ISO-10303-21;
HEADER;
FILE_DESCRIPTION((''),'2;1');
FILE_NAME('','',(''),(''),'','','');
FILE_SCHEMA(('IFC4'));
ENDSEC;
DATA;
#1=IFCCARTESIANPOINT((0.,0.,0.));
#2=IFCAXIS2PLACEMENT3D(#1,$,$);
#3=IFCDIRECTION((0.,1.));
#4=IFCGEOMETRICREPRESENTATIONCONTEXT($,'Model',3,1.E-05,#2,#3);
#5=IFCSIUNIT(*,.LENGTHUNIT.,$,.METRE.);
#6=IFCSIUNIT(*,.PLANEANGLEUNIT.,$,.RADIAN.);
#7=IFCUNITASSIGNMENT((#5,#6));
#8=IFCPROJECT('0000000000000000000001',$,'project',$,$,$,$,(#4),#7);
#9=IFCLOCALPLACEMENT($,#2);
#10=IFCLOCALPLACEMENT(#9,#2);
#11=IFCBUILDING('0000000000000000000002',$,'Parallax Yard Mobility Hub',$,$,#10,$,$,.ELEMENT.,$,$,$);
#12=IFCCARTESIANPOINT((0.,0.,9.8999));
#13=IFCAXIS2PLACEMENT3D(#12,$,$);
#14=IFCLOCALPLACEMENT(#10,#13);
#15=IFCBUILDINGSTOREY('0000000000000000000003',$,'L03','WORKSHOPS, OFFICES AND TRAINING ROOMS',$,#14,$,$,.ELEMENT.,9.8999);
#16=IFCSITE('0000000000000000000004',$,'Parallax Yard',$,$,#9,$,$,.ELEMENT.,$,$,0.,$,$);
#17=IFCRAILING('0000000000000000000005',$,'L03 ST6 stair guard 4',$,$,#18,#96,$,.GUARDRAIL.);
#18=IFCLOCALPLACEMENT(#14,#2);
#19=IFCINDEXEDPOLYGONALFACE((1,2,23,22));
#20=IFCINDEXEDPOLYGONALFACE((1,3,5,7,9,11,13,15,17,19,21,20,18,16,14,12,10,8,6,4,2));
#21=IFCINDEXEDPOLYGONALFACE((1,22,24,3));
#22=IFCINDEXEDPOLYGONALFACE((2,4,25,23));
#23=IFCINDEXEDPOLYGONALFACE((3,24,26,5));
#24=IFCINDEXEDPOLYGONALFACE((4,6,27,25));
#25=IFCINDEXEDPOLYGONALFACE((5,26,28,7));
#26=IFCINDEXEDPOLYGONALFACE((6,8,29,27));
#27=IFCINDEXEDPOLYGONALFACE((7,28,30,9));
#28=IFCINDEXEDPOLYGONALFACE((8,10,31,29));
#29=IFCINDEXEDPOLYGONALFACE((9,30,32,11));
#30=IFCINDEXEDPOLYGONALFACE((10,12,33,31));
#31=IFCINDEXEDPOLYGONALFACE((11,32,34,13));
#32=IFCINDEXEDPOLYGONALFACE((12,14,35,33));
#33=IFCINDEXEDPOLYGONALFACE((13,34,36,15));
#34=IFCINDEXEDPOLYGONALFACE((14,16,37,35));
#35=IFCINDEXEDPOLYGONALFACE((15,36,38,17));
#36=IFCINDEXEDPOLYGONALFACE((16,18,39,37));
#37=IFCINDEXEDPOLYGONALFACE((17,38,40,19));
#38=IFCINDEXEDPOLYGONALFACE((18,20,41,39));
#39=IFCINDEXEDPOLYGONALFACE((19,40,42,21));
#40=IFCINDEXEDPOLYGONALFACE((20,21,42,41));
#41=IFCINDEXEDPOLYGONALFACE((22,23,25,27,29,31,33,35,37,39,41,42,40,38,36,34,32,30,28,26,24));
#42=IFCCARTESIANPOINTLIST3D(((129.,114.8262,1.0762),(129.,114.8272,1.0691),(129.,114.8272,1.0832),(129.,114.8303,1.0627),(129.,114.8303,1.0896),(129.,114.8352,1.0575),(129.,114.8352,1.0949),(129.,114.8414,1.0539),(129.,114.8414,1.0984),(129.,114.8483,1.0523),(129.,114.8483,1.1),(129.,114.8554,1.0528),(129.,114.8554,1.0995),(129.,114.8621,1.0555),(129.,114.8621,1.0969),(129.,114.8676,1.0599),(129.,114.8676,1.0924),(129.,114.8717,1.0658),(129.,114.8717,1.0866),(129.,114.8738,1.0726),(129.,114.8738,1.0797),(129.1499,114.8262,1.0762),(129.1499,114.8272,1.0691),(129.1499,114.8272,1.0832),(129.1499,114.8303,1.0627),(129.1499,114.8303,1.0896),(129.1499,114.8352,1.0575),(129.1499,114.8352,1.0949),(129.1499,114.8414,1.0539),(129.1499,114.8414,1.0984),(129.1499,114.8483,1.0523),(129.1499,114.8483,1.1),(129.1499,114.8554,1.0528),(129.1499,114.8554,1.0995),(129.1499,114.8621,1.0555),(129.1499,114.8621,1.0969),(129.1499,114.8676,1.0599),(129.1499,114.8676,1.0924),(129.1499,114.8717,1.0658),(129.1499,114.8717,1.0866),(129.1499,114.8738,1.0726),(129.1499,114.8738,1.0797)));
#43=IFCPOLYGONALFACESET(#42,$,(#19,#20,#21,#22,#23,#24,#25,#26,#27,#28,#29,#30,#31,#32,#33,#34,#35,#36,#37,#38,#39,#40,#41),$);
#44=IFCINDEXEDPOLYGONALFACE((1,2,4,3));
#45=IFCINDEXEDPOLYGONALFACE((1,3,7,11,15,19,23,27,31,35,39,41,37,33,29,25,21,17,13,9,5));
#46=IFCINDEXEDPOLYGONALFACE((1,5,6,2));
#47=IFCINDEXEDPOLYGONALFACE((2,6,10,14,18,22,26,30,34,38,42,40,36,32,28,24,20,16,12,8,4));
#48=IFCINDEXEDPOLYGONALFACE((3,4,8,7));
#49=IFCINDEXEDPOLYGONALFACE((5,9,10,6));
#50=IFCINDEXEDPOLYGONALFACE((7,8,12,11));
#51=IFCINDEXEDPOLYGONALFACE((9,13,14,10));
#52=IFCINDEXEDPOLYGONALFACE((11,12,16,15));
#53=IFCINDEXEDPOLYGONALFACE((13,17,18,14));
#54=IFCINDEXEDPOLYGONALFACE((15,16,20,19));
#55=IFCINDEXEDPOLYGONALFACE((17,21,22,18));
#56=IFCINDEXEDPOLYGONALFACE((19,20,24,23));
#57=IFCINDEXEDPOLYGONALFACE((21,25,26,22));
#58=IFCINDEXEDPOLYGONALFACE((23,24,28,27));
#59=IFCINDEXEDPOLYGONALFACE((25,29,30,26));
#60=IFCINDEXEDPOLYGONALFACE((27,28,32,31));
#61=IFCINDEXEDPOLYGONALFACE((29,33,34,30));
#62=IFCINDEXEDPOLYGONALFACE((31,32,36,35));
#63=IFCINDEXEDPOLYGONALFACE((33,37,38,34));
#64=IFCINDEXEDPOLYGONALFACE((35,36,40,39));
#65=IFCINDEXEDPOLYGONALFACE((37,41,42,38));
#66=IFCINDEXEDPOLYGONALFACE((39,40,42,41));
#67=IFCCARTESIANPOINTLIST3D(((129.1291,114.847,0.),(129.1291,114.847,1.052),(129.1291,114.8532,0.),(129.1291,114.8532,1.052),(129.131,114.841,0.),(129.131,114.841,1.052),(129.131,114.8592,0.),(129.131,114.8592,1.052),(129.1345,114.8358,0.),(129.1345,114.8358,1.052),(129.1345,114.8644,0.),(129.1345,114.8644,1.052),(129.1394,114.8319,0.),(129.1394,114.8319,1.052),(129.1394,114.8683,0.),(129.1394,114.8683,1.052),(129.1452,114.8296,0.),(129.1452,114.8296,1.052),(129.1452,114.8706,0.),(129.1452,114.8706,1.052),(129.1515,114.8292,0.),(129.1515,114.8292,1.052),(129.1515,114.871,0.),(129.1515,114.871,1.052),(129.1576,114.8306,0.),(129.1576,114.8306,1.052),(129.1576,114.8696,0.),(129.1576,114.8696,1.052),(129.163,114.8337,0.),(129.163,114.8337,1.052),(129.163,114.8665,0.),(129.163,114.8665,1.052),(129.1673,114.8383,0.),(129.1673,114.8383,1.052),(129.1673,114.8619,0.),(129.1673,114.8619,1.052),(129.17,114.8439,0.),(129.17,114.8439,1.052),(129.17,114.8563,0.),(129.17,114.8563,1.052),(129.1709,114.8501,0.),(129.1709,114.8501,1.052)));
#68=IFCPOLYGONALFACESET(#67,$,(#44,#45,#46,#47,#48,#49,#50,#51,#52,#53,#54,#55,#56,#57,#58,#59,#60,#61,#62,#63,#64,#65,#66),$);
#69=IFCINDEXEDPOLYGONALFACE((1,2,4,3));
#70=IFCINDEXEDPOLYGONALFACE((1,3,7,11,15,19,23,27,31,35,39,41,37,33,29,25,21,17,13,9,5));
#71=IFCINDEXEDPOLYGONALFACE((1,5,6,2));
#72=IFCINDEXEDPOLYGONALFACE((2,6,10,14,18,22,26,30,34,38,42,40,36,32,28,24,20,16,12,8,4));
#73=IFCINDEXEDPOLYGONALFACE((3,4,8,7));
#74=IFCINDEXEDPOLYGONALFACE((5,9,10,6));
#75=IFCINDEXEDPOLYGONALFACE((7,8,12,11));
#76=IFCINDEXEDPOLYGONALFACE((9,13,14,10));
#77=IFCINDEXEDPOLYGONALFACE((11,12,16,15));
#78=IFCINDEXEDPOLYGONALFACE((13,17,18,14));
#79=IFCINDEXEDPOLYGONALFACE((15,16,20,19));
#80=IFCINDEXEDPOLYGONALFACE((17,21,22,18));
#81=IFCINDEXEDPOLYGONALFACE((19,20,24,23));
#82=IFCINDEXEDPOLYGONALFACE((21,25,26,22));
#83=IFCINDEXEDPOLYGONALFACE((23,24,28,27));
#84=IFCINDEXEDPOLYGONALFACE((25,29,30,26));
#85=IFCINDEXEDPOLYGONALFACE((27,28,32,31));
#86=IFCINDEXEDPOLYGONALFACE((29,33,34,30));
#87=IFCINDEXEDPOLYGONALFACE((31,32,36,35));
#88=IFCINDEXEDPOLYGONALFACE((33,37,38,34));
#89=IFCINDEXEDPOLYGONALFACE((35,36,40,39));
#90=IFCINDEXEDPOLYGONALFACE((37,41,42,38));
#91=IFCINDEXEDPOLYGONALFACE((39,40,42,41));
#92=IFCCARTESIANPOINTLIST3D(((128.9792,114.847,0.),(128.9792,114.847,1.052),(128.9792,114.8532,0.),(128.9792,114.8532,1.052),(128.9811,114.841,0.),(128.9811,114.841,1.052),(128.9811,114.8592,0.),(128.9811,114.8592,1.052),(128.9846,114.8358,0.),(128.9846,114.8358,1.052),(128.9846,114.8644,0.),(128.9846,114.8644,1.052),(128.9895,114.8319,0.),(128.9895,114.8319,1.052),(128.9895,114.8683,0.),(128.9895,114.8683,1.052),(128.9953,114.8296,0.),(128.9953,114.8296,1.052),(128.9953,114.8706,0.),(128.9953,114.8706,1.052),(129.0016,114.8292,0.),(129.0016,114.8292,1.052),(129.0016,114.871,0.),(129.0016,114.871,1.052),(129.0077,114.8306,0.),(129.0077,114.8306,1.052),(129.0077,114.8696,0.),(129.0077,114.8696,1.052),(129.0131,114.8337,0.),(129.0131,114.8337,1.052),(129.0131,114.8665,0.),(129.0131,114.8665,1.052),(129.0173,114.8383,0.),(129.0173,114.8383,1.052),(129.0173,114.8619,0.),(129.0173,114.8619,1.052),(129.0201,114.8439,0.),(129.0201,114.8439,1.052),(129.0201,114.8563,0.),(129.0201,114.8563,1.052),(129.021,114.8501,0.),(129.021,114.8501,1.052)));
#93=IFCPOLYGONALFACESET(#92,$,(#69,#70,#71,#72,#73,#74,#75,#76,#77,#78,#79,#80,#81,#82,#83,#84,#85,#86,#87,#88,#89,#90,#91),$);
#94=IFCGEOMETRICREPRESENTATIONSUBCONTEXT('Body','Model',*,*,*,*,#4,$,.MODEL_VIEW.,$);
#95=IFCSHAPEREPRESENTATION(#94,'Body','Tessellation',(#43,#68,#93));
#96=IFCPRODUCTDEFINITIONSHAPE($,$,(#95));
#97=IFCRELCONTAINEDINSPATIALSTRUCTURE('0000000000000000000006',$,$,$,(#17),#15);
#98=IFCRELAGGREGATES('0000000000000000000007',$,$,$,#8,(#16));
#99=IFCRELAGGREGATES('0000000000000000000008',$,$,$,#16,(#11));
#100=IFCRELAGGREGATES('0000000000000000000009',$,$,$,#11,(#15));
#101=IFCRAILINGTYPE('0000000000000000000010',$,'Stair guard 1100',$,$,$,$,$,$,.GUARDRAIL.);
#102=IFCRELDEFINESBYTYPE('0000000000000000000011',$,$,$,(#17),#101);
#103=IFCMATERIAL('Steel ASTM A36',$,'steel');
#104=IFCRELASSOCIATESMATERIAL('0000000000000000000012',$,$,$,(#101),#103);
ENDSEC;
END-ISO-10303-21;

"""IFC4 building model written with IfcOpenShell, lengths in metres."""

from ifc_helpers import new_model, si_unit, direction, frame, origin, origin_2d, place, context, subcontext, project, spatial, circle, extrude, material, type_object, element, save


model = new_model("IFC4")

# Units and contexts
model_context = context("Model", 3, precision=1e-05, world=origin(), true_north=direction((0.0, 1.0)))
body_context = subcontext(model_context, "Body", "Model", "MODEL_VIEW")
ifc_project = project(units=[si_unit("LENGTHUNIT", "METRE"), si_unit("PLANEANGLEUNIT", "RADIAN")], contexts=[model_context])

# Site, building, storey
site_placement = place(None, origin())
site = spatial("IfcSite", under=ifc_project, at=site_placement, Name="Parallax Yard", CompositionType="ELEMENT", RefElevation=0.0)
building_placement = place(site_placement, origin())
building = spatial("IfcBuilding", under=site, at=building_placement, Name="Parallax Yard Mobility Hub", CompositionType="ELEMENT")
storey_placement = place(building_placement, frame((0.0, 0.0, 9.8999)))
storey = spatial("IfcBuildingStorey", under=building, at=storey_placement, Name="L03", Description="WORKSHOPS, OFFICES AND TRAINING ROOMS", CompositionType="ELEMENT", Elevation=9.8999)

# Railing
ifc_material_1 = material(Name="Steel ASTM A36", Category="steel")
railing_type_1 = type_object("IfcRailingType", Name="Stair guard 1100", PredefinedType="GUARDRAIL", material=ifc_material_1)
railing_1_placement = place(storey_placement, frame((129.1499, 114.8501, 0.0)))
element("IfcRailing", 1, at=railing_1_placement, inside=storey, type_object=railing_type_1, Name="L03 ST6 stair guard 4", PredefinedType="GUARDRAIL", context=body_context, shape_type="SweptSolid", body=[
    extrude(circle(Radius=0.0239, at=origin_2d()), frame((0.0, 0.0, 1.0762), z_axis=(-1.0, 0.0, 0.0), x_axis=(0.0, -1.0, 0.0)), (0.0, 0.0, 1.0), 0.1499),
    extrude(circle(Radius=0.021, at=origin_2d()), origin(), (0.0, 0.0, 1.0), 1.052),
    extrude(circle(Radius=0.021, at=origin_2d()), frame((-0.1499, 0.0, 0.0)), (0.0, 0.0, 1.0), 1.052),
])

save(model, "model.ifc")
